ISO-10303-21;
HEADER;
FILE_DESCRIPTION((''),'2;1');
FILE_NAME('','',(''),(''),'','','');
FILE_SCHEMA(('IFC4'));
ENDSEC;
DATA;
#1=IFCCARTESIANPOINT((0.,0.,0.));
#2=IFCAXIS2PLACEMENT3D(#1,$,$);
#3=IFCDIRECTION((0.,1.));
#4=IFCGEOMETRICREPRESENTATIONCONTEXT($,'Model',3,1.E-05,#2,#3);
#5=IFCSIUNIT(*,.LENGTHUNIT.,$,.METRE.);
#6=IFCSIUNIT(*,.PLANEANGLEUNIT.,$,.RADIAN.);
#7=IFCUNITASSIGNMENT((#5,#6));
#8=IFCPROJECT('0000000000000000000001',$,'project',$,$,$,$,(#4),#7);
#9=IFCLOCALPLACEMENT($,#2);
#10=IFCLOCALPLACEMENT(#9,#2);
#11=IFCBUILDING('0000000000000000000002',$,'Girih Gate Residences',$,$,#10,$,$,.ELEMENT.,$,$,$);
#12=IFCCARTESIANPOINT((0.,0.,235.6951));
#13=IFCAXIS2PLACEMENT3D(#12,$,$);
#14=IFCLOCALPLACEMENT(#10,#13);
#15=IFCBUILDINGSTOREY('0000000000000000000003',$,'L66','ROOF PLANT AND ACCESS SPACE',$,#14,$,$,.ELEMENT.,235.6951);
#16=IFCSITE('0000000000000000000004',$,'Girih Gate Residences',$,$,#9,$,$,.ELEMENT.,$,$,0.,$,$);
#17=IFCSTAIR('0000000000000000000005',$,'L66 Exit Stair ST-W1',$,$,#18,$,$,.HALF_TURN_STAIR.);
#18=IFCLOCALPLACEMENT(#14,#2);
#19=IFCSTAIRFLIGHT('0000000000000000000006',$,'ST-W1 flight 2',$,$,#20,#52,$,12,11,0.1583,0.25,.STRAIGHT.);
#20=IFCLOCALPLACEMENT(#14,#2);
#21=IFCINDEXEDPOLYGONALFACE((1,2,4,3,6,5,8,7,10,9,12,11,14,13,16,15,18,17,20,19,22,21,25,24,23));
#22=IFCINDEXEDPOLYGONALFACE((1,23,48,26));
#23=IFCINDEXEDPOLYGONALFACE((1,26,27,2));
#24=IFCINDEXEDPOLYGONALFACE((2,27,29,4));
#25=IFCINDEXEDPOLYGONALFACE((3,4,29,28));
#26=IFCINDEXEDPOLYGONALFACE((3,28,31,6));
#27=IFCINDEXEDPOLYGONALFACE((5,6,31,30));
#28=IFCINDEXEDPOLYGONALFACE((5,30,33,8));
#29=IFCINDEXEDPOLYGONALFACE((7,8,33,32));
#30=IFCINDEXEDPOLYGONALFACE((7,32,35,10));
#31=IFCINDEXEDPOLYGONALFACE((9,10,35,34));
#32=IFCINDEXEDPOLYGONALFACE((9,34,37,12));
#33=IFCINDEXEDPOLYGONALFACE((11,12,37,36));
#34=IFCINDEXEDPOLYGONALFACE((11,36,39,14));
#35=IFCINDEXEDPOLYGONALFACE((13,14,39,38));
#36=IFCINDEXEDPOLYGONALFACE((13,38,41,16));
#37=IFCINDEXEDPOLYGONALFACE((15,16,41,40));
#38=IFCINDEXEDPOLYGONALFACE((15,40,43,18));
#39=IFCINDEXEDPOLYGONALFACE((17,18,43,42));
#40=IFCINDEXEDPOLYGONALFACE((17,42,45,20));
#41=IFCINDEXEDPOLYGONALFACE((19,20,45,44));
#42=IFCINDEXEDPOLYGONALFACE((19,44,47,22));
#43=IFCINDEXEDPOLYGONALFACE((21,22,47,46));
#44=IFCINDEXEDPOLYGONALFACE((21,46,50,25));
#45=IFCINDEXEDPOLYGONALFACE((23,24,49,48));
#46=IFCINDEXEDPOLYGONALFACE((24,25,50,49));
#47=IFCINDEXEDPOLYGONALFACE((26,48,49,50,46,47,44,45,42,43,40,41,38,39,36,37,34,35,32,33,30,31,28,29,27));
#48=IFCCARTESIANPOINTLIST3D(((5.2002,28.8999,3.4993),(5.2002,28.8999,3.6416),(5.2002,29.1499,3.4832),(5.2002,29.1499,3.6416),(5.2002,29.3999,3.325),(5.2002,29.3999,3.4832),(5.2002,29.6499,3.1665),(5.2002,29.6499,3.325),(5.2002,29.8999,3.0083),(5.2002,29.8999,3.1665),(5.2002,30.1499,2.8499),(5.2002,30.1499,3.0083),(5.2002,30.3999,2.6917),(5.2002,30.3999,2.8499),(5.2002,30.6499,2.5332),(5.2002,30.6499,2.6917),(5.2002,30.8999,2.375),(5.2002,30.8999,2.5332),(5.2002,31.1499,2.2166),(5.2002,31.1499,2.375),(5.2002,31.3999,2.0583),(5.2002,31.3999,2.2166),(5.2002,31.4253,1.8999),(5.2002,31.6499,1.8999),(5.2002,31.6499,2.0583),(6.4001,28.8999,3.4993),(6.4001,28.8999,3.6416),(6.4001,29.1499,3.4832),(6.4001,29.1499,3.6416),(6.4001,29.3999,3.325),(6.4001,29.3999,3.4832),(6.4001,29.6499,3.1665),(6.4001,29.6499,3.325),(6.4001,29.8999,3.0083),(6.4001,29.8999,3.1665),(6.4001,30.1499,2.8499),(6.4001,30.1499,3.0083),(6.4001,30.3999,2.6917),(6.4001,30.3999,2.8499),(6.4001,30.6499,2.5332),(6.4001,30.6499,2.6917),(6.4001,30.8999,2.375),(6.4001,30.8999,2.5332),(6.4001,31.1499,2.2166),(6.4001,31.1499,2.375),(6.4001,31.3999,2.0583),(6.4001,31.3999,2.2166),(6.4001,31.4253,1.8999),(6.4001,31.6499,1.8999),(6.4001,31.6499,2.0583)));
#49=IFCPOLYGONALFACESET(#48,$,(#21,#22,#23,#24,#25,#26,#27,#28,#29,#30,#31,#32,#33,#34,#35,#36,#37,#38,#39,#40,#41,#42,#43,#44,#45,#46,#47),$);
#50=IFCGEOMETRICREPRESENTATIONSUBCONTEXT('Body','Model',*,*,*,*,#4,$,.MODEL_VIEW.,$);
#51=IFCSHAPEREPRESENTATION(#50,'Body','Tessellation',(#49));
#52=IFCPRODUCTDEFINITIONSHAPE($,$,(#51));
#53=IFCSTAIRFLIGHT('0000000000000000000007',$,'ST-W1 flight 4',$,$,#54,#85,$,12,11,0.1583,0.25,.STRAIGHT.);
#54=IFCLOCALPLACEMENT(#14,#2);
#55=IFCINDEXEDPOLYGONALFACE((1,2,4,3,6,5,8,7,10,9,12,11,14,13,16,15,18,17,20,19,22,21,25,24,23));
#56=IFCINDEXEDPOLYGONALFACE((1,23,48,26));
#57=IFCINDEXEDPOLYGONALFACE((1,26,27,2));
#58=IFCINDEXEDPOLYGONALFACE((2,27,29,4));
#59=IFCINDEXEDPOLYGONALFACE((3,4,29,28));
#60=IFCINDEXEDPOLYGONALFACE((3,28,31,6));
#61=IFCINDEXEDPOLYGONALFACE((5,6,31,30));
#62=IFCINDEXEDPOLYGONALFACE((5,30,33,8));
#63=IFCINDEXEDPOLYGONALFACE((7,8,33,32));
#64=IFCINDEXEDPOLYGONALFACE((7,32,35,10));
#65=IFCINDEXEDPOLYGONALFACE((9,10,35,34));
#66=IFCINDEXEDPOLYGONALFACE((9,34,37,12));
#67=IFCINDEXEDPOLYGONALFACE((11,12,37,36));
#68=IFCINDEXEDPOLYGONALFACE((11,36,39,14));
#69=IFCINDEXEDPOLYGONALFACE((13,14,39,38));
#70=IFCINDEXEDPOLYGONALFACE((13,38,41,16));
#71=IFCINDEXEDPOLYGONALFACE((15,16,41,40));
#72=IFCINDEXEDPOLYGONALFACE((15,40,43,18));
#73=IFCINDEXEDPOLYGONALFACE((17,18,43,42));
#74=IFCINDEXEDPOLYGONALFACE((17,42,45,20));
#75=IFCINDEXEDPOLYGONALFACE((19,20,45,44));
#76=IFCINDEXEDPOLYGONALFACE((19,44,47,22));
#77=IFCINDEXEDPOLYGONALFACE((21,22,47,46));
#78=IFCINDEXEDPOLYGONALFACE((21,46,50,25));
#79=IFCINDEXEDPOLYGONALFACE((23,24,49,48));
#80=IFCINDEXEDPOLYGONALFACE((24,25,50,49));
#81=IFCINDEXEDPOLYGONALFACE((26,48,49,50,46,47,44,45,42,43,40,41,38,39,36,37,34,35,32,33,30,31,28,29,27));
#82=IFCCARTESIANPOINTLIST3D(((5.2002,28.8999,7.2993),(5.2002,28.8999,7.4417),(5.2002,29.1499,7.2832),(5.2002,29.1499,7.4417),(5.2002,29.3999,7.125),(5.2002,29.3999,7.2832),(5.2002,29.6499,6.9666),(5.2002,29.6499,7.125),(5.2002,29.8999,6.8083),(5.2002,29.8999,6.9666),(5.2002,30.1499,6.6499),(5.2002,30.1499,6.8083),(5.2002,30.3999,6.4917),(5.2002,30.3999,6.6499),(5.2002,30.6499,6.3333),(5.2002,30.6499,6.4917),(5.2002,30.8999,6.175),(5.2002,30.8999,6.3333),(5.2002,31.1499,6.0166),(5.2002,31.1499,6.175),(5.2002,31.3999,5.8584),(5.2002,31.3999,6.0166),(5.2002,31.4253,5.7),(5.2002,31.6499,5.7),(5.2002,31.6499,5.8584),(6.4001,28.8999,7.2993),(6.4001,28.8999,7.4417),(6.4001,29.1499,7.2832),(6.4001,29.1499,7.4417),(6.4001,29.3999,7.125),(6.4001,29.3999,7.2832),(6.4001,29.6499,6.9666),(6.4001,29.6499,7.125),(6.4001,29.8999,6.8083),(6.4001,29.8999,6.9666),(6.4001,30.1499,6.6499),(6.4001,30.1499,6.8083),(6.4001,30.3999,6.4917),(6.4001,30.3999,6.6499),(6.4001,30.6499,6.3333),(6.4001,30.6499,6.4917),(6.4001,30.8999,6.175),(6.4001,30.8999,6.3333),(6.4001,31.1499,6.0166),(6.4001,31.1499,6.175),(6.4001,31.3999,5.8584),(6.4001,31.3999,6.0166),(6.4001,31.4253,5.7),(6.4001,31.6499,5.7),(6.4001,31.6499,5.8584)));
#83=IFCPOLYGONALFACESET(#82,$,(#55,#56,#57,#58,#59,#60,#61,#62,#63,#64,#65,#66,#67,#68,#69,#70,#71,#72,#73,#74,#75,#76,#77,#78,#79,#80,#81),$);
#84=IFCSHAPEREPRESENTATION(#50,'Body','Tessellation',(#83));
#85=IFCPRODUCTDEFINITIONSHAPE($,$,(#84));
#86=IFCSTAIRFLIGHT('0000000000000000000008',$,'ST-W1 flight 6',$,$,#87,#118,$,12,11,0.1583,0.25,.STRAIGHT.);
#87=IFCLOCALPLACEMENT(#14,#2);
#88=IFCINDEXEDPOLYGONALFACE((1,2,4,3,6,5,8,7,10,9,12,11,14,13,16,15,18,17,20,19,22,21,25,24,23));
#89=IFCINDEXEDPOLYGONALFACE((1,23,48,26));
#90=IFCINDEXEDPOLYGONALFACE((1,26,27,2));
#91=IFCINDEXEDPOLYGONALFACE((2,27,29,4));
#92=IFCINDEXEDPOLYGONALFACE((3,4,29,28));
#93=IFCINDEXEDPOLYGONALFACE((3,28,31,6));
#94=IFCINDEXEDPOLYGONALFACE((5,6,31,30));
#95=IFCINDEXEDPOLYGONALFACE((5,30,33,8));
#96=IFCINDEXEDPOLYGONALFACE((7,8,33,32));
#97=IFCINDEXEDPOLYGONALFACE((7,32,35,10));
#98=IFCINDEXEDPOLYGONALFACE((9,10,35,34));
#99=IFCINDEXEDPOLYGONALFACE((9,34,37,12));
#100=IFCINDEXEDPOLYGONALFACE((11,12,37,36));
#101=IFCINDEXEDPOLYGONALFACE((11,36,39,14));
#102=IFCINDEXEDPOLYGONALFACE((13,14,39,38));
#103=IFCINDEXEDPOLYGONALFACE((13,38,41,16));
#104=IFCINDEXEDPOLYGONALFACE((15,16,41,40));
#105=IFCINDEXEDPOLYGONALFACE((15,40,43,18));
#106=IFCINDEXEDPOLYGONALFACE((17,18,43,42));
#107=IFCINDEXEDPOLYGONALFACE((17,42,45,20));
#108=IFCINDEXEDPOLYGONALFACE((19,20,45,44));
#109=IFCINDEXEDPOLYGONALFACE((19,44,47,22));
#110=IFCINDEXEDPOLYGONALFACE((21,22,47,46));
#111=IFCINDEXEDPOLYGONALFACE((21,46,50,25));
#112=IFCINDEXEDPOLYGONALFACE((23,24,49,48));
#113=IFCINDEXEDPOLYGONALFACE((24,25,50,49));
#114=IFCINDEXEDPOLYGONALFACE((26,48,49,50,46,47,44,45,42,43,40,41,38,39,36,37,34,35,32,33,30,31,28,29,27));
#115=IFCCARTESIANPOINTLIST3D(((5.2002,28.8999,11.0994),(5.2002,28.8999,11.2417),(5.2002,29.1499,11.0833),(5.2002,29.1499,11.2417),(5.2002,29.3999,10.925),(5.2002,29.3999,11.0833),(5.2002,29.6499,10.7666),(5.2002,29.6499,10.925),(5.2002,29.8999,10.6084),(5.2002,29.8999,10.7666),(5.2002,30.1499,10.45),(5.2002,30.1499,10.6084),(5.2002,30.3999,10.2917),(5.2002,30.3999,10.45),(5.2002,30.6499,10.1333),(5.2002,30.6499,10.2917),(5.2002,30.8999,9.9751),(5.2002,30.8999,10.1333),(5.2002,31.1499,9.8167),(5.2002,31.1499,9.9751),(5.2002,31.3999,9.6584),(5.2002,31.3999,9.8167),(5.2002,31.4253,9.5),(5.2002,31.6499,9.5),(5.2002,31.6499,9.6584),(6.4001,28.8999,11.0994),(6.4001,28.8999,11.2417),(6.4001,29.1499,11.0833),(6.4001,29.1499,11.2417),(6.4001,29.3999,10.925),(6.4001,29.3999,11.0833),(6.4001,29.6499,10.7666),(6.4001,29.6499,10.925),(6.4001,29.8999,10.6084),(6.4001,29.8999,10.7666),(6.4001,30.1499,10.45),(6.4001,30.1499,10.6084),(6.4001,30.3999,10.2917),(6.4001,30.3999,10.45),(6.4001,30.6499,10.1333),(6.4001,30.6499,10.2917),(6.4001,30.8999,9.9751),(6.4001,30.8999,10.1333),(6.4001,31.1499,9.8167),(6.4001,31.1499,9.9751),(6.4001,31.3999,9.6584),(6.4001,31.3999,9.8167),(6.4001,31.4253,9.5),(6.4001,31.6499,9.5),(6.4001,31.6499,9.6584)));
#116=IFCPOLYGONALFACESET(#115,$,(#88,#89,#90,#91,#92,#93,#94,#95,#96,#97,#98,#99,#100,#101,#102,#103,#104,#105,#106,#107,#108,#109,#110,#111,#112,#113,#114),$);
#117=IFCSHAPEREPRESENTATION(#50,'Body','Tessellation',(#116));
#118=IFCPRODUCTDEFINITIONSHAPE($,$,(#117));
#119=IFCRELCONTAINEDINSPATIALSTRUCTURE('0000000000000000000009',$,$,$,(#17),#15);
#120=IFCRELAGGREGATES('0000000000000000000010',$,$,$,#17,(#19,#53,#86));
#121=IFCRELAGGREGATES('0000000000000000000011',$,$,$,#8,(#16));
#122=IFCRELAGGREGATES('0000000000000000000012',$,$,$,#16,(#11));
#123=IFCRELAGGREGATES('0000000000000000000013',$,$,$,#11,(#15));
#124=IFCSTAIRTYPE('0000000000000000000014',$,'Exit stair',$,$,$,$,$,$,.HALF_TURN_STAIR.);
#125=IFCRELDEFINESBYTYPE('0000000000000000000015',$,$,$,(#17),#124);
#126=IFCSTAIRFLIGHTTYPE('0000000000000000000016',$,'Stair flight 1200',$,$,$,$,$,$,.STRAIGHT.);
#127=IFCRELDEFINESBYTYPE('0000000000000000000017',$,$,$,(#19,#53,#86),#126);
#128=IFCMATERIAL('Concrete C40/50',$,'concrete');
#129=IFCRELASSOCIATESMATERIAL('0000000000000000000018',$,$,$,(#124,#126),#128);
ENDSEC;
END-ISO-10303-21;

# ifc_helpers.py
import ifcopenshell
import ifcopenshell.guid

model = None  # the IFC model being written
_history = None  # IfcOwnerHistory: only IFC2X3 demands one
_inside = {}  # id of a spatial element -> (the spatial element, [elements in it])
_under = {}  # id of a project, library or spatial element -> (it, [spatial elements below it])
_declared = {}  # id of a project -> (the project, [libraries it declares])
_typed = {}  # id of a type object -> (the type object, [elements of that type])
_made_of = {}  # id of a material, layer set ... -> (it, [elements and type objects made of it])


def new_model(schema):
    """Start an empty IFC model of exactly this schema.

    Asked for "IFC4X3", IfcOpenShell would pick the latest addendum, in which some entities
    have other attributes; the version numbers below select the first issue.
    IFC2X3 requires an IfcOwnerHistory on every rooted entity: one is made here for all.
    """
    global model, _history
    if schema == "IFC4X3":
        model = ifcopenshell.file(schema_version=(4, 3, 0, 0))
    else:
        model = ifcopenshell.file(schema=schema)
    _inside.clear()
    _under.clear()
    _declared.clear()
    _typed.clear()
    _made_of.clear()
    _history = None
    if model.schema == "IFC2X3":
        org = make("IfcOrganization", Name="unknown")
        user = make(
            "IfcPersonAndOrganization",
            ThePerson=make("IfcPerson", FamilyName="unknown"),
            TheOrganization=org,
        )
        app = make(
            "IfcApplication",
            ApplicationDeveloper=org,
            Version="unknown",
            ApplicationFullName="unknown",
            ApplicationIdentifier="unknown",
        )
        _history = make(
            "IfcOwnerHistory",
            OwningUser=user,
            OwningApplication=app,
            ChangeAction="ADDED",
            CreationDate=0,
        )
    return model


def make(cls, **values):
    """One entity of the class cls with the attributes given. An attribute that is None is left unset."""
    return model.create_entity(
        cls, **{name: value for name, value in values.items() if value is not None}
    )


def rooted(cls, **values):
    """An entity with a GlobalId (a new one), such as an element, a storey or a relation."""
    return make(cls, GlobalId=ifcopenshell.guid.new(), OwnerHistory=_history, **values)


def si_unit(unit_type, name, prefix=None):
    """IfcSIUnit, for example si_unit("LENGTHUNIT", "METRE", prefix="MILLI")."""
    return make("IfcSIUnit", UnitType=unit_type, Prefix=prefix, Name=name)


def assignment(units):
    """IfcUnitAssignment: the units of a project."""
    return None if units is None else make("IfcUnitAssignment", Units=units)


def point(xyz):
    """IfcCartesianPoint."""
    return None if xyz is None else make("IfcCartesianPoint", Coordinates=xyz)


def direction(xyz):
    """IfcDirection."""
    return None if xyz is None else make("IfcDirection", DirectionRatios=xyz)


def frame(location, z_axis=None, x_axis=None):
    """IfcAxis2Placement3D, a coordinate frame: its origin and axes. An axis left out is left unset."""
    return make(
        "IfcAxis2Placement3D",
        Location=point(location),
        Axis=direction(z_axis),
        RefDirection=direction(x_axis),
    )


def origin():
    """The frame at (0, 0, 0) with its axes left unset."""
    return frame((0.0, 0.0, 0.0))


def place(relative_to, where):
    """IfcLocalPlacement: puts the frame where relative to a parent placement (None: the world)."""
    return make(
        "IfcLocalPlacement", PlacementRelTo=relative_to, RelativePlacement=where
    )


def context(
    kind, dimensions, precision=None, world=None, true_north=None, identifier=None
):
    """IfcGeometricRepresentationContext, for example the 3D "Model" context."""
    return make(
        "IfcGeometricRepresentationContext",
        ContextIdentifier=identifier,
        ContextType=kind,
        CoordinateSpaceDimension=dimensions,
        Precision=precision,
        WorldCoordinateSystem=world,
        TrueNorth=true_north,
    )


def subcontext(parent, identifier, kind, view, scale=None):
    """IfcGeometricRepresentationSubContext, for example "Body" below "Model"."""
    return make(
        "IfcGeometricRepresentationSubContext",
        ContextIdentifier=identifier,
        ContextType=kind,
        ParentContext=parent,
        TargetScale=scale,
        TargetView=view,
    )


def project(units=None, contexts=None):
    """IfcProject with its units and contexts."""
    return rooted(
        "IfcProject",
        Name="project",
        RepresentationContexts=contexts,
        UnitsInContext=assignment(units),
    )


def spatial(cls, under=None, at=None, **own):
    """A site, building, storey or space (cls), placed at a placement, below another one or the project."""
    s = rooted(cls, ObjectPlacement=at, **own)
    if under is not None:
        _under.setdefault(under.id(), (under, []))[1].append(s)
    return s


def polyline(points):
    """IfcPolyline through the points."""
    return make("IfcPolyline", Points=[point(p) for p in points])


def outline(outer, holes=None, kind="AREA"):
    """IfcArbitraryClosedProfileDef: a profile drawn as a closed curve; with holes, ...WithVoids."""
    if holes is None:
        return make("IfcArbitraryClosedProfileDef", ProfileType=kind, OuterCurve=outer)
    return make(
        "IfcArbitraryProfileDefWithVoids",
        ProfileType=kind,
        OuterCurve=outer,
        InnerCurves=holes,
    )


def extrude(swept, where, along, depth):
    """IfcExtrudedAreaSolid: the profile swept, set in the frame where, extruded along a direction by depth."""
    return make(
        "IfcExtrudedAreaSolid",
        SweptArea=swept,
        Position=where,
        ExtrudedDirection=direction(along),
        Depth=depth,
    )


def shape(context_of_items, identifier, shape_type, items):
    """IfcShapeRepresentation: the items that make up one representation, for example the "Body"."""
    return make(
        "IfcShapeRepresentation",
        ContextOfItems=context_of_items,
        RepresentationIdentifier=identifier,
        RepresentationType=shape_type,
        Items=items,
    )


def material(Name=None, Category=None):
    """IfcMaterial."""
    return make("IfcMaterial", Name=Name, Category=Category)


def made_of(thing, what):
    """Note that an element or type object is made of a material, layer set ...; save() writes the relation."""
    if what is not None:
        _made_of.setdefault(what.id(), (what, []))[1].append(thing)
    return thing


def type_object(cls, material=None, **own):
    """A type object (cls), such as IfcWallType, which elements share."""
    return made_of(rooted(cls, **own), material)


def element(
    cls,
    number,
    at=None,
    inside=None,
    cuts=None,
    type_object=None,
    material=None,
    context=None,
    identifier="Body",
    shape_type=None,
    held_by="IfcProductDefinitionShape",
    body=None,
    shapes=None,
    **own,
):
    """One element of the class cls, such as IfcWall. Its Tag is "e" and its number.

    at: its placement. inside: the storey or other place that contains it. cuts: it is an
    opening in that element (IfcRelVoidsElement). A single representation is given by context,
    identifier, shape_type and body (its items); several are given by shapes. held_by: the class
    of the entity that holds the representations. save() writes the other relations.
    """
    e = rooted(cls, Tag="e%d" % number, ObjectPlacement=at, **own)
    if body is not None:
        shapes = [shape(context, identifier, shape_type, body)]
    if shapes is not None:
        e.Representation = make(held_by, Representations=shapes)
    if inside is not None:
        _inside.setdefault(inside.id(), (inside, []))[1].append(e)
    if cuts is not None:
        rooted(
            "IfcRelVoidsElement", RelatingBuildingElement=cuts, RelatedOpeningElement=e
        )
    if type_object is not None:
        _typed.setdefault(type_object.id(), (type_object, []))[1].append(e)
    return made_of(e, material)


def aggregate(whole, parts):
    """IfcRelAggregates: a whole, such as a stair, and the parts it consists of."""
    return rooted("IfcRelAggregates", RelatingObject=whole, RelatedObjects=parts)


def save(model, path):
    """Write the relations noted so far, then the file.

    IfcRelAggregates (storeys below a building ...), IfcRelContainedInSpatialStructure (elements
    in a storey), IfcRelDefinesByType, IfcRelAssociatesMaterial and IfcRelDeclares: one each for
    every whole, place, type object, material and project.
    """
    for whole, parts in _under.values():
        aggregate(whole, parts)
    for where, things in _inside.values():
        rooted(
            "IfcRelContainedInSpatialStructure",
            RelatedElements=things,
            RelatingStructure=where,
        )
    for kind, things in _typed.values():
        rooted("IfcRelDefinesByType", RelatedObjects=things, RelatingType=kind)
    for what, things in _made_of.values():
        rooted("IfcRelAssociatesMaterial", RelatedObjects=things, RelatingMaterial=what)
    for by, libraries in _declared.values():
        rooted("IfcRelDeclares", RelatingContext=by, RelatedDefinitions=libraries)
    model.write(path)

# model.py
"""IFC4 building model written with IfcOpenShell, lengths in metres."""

from ifc_helpers import new_model, si_unit, direction, frame, origin, place, context, subcontext, project, spatial, polyline, outline, extrude, material, type_object, element, aggregate, save


model = new_model("IFC4")

# Units and contexts
model_context = context("Model", 3, precision=1e-05, world=origin(), true_north=direction((0.0, 1.0)))
body_context = subcontext(model_context, "Body", "Model", "MODEL_VIEW")
ifc_project = project(units=[si_unit("LENGTHUNIT", "METRE"), si_unit("PLANEANGLEUNIT", "RADIAN")], contexts=[model_context])

# Site, building, storey
site_placement = place(None, origin())
site = spatial("IfcSite", under=ifc_project, at=site_placement, Name="Girih Gate Residences", CompositionType="ELEMENT", RefElevation=0.0)
building_placement = place(site_placement, origin())
building = spatial("IfcBuilding", under=site, at=building_placement, Name="Girih Gate Residences", CompositionType="ELEMENT")
storey_placement = place(building_placement, frame((0.0, 0.0, 235.6951)))
storey = spatial("IfcBuildingStorey", under=building, at=storey_placement, Name="L66", Description="ROOF PLANT AND ACCESS SPACE", CompositionType="ELEMENT", Elevation=235.6951)

# Shared definitions
ifc_material_1 = material(Name="Concrete C40/50", Category="concrete")

# Stair, stair flights
stair_type = type_object("IfcStairType", Name="Exit stair", PredefinedType="HALF_TURN_STAIR", material=ifc_material_1)
stair_placement = place(storey_placement, origin())
stair = element("IfcStair", 1, at=stair_placement, inside=storey, type_object=stair_type, Name="L66 Exit Stair ST-W1", PredefinedType="HALF_TURN_STAIR")
stair_flight_type = type_object("IfcStairFlightType", Name="Stair flight 1200", PredefinedType="STRAIGHT", material=ifc_material_1)
stair_flight_1_placement = place(storey_placement, frame((5.8, 31.6499, 1.8999), z_axis=(0.0, 0.0, 1.0), x_axis=(0.0, -1.0, 0.0)))
stair_flight_1 = element("IfcStairFlight", 2, at=stair_flight_1_placement, type_object=stair_flight_type, Name="ST-W1 flight 2", NumberOfRisers=12, NumberOfTreads=11, PredefinedType="STRAIGHT", RiserHeight=0.1583, TreadLength=0.25, context=body_context, shape_type="SweptSolid", body=[
    extrude(outline(polyline([(0.0, 0.0), (0.0, 0.1584), (0.25, 0.1584), (0.25, 0.3167), (0.5, 0.3167), (0.5, 0.4751), (0.75, 0.4751), (0.75, 0.6333), (1.0, 0.6333), (1.0, 0.7917), (1.25, 0.7917), (1.25, 0.95), (1.5, 0.95), (1.5, 1.1084), (1.75, 1.1084), (1.75, 1.2666), (2.0, 1.2666), (2.0, 1.425), (2.25, 1.425), (2.25, 1.5833), (2.5, 1.5833), (2.5, 1.7417), (2.75, 1.7417), (2.75, 1.8999), (2.75, 1.5994), (0.2246, 0.0), (0.0, 0.0)])), frame((0.0, 0.6001, 0.0), z_axis=(0.0, -1.0, 0.0), x_axis=(1.0, 0.0, 0.0)), (0.0, 0.0, 1.0), 1.2),
])
stair_flight_2_placement = place(storey_placement, frame((5.8, 31.6499, 5.7), z_axis=(0.0, 0.0, 1.0), x_axis=(0.0, -1.0, 0.0)))
stair_flight_2 = element("IfcStairFlight", 3, at=stair_flight_2_placement, type_object=stair_flight_type, Name="ST-W1 flight 4", NumberOfRisers=12, NumberOfTreads=11, PredefinedType="STRAIGHT", RiserHeight=0.1583, TreadLength=0.25, context=body_context, shape_type="SweptSolid", body=[
    extrude(outline(polyline([(0.0, 0.0), (0.0, 0.1584), (0.25, 0.1584), (0.25, 0.3167), (0.5, 0.3167), (0.5, 0.4751), (0.75, 0.4751), (0.75, 0.6333), (1.0, 0.6333), (1.0, 0.7917), (1.25, 0.7917), (1.25, 0.95), (1.5, 0.95), (1.5, 1.1084), (1.75, 1.1084), (1.75, 1.2666), (2.0, 1.2666), (2.0, 1.425), (2.25, 1.425), (2.25, 1.5833), (2.5, 1.5833), (2.5, 1.7417), (2.75, 1.7417), (2.75, 1.8999), (2.75, 1.5994), (0.2246, 0.0), (0.0, 0.0)])), frame((0.0, 0.6001, 0.0), z_axis=(0.0, -1.0, 0.0), x_axis=(1.0, 0.0, 0.0)), (0.0, 0.0, 1.0), 1.2),
])
stair_flight_3_placement = place(storey_placement, frame((5.8, 31.6499, 9.5), z_axis=(0.0, 0.0, 1.0), x_axis=(0.0, -1.0, 0.0)))
stair_flight_3 = element("IfcStairFlight", 4, at=stair_flight_3_placement, type_object=stair_flight_type, Name="ST-W1 flight 6", NumberOfRisers=12, NumberOfTreads=11, PredefinedType="STRAIGHT", RiserHeight=0.1583, TreadLength=0.25, context=body_context, shape_type="SweptSolid", body=[
    extrude(outline(polyline([(0.0, 0.0), (0.0, 0.1584), (0.25, 0.1584), (0.25, 0.3167), (0.5, 0.3167), (0.5, 0.4751), (0.75, 0.4751), (0.75, 0.6333), (1.0, 0.6333), (1.0, 0.7917), (1.25, 0.7917), (1.25, 0.95), (1.5, 0.95), (1.5, 1.1084), (1.75, 1.1084), (1.75, 1.2666), (2.0, 1.2666), (2.0, 1.425), (2.25, 1.425), (2.25, 1.5833), (2.5, 1.5833), (2.5, 1.7417), (2.75, 1.7417), (2.75, 1.8999), (2.75, 1.5994), (0.2246, 0.0), (0.0, 0.0)])), frame((0.0, 0.6001, 0.0), z_axis=(0.0, -1.0, 0.0), x_axis=(1.0, 0.0, 0.0)), (0.0, 0.0, 1.0), 1.2),
])
aggregate(stair, [stair_flight_1, stair_flight_2, stair_flight_3])

save(model, "model.ifc")
